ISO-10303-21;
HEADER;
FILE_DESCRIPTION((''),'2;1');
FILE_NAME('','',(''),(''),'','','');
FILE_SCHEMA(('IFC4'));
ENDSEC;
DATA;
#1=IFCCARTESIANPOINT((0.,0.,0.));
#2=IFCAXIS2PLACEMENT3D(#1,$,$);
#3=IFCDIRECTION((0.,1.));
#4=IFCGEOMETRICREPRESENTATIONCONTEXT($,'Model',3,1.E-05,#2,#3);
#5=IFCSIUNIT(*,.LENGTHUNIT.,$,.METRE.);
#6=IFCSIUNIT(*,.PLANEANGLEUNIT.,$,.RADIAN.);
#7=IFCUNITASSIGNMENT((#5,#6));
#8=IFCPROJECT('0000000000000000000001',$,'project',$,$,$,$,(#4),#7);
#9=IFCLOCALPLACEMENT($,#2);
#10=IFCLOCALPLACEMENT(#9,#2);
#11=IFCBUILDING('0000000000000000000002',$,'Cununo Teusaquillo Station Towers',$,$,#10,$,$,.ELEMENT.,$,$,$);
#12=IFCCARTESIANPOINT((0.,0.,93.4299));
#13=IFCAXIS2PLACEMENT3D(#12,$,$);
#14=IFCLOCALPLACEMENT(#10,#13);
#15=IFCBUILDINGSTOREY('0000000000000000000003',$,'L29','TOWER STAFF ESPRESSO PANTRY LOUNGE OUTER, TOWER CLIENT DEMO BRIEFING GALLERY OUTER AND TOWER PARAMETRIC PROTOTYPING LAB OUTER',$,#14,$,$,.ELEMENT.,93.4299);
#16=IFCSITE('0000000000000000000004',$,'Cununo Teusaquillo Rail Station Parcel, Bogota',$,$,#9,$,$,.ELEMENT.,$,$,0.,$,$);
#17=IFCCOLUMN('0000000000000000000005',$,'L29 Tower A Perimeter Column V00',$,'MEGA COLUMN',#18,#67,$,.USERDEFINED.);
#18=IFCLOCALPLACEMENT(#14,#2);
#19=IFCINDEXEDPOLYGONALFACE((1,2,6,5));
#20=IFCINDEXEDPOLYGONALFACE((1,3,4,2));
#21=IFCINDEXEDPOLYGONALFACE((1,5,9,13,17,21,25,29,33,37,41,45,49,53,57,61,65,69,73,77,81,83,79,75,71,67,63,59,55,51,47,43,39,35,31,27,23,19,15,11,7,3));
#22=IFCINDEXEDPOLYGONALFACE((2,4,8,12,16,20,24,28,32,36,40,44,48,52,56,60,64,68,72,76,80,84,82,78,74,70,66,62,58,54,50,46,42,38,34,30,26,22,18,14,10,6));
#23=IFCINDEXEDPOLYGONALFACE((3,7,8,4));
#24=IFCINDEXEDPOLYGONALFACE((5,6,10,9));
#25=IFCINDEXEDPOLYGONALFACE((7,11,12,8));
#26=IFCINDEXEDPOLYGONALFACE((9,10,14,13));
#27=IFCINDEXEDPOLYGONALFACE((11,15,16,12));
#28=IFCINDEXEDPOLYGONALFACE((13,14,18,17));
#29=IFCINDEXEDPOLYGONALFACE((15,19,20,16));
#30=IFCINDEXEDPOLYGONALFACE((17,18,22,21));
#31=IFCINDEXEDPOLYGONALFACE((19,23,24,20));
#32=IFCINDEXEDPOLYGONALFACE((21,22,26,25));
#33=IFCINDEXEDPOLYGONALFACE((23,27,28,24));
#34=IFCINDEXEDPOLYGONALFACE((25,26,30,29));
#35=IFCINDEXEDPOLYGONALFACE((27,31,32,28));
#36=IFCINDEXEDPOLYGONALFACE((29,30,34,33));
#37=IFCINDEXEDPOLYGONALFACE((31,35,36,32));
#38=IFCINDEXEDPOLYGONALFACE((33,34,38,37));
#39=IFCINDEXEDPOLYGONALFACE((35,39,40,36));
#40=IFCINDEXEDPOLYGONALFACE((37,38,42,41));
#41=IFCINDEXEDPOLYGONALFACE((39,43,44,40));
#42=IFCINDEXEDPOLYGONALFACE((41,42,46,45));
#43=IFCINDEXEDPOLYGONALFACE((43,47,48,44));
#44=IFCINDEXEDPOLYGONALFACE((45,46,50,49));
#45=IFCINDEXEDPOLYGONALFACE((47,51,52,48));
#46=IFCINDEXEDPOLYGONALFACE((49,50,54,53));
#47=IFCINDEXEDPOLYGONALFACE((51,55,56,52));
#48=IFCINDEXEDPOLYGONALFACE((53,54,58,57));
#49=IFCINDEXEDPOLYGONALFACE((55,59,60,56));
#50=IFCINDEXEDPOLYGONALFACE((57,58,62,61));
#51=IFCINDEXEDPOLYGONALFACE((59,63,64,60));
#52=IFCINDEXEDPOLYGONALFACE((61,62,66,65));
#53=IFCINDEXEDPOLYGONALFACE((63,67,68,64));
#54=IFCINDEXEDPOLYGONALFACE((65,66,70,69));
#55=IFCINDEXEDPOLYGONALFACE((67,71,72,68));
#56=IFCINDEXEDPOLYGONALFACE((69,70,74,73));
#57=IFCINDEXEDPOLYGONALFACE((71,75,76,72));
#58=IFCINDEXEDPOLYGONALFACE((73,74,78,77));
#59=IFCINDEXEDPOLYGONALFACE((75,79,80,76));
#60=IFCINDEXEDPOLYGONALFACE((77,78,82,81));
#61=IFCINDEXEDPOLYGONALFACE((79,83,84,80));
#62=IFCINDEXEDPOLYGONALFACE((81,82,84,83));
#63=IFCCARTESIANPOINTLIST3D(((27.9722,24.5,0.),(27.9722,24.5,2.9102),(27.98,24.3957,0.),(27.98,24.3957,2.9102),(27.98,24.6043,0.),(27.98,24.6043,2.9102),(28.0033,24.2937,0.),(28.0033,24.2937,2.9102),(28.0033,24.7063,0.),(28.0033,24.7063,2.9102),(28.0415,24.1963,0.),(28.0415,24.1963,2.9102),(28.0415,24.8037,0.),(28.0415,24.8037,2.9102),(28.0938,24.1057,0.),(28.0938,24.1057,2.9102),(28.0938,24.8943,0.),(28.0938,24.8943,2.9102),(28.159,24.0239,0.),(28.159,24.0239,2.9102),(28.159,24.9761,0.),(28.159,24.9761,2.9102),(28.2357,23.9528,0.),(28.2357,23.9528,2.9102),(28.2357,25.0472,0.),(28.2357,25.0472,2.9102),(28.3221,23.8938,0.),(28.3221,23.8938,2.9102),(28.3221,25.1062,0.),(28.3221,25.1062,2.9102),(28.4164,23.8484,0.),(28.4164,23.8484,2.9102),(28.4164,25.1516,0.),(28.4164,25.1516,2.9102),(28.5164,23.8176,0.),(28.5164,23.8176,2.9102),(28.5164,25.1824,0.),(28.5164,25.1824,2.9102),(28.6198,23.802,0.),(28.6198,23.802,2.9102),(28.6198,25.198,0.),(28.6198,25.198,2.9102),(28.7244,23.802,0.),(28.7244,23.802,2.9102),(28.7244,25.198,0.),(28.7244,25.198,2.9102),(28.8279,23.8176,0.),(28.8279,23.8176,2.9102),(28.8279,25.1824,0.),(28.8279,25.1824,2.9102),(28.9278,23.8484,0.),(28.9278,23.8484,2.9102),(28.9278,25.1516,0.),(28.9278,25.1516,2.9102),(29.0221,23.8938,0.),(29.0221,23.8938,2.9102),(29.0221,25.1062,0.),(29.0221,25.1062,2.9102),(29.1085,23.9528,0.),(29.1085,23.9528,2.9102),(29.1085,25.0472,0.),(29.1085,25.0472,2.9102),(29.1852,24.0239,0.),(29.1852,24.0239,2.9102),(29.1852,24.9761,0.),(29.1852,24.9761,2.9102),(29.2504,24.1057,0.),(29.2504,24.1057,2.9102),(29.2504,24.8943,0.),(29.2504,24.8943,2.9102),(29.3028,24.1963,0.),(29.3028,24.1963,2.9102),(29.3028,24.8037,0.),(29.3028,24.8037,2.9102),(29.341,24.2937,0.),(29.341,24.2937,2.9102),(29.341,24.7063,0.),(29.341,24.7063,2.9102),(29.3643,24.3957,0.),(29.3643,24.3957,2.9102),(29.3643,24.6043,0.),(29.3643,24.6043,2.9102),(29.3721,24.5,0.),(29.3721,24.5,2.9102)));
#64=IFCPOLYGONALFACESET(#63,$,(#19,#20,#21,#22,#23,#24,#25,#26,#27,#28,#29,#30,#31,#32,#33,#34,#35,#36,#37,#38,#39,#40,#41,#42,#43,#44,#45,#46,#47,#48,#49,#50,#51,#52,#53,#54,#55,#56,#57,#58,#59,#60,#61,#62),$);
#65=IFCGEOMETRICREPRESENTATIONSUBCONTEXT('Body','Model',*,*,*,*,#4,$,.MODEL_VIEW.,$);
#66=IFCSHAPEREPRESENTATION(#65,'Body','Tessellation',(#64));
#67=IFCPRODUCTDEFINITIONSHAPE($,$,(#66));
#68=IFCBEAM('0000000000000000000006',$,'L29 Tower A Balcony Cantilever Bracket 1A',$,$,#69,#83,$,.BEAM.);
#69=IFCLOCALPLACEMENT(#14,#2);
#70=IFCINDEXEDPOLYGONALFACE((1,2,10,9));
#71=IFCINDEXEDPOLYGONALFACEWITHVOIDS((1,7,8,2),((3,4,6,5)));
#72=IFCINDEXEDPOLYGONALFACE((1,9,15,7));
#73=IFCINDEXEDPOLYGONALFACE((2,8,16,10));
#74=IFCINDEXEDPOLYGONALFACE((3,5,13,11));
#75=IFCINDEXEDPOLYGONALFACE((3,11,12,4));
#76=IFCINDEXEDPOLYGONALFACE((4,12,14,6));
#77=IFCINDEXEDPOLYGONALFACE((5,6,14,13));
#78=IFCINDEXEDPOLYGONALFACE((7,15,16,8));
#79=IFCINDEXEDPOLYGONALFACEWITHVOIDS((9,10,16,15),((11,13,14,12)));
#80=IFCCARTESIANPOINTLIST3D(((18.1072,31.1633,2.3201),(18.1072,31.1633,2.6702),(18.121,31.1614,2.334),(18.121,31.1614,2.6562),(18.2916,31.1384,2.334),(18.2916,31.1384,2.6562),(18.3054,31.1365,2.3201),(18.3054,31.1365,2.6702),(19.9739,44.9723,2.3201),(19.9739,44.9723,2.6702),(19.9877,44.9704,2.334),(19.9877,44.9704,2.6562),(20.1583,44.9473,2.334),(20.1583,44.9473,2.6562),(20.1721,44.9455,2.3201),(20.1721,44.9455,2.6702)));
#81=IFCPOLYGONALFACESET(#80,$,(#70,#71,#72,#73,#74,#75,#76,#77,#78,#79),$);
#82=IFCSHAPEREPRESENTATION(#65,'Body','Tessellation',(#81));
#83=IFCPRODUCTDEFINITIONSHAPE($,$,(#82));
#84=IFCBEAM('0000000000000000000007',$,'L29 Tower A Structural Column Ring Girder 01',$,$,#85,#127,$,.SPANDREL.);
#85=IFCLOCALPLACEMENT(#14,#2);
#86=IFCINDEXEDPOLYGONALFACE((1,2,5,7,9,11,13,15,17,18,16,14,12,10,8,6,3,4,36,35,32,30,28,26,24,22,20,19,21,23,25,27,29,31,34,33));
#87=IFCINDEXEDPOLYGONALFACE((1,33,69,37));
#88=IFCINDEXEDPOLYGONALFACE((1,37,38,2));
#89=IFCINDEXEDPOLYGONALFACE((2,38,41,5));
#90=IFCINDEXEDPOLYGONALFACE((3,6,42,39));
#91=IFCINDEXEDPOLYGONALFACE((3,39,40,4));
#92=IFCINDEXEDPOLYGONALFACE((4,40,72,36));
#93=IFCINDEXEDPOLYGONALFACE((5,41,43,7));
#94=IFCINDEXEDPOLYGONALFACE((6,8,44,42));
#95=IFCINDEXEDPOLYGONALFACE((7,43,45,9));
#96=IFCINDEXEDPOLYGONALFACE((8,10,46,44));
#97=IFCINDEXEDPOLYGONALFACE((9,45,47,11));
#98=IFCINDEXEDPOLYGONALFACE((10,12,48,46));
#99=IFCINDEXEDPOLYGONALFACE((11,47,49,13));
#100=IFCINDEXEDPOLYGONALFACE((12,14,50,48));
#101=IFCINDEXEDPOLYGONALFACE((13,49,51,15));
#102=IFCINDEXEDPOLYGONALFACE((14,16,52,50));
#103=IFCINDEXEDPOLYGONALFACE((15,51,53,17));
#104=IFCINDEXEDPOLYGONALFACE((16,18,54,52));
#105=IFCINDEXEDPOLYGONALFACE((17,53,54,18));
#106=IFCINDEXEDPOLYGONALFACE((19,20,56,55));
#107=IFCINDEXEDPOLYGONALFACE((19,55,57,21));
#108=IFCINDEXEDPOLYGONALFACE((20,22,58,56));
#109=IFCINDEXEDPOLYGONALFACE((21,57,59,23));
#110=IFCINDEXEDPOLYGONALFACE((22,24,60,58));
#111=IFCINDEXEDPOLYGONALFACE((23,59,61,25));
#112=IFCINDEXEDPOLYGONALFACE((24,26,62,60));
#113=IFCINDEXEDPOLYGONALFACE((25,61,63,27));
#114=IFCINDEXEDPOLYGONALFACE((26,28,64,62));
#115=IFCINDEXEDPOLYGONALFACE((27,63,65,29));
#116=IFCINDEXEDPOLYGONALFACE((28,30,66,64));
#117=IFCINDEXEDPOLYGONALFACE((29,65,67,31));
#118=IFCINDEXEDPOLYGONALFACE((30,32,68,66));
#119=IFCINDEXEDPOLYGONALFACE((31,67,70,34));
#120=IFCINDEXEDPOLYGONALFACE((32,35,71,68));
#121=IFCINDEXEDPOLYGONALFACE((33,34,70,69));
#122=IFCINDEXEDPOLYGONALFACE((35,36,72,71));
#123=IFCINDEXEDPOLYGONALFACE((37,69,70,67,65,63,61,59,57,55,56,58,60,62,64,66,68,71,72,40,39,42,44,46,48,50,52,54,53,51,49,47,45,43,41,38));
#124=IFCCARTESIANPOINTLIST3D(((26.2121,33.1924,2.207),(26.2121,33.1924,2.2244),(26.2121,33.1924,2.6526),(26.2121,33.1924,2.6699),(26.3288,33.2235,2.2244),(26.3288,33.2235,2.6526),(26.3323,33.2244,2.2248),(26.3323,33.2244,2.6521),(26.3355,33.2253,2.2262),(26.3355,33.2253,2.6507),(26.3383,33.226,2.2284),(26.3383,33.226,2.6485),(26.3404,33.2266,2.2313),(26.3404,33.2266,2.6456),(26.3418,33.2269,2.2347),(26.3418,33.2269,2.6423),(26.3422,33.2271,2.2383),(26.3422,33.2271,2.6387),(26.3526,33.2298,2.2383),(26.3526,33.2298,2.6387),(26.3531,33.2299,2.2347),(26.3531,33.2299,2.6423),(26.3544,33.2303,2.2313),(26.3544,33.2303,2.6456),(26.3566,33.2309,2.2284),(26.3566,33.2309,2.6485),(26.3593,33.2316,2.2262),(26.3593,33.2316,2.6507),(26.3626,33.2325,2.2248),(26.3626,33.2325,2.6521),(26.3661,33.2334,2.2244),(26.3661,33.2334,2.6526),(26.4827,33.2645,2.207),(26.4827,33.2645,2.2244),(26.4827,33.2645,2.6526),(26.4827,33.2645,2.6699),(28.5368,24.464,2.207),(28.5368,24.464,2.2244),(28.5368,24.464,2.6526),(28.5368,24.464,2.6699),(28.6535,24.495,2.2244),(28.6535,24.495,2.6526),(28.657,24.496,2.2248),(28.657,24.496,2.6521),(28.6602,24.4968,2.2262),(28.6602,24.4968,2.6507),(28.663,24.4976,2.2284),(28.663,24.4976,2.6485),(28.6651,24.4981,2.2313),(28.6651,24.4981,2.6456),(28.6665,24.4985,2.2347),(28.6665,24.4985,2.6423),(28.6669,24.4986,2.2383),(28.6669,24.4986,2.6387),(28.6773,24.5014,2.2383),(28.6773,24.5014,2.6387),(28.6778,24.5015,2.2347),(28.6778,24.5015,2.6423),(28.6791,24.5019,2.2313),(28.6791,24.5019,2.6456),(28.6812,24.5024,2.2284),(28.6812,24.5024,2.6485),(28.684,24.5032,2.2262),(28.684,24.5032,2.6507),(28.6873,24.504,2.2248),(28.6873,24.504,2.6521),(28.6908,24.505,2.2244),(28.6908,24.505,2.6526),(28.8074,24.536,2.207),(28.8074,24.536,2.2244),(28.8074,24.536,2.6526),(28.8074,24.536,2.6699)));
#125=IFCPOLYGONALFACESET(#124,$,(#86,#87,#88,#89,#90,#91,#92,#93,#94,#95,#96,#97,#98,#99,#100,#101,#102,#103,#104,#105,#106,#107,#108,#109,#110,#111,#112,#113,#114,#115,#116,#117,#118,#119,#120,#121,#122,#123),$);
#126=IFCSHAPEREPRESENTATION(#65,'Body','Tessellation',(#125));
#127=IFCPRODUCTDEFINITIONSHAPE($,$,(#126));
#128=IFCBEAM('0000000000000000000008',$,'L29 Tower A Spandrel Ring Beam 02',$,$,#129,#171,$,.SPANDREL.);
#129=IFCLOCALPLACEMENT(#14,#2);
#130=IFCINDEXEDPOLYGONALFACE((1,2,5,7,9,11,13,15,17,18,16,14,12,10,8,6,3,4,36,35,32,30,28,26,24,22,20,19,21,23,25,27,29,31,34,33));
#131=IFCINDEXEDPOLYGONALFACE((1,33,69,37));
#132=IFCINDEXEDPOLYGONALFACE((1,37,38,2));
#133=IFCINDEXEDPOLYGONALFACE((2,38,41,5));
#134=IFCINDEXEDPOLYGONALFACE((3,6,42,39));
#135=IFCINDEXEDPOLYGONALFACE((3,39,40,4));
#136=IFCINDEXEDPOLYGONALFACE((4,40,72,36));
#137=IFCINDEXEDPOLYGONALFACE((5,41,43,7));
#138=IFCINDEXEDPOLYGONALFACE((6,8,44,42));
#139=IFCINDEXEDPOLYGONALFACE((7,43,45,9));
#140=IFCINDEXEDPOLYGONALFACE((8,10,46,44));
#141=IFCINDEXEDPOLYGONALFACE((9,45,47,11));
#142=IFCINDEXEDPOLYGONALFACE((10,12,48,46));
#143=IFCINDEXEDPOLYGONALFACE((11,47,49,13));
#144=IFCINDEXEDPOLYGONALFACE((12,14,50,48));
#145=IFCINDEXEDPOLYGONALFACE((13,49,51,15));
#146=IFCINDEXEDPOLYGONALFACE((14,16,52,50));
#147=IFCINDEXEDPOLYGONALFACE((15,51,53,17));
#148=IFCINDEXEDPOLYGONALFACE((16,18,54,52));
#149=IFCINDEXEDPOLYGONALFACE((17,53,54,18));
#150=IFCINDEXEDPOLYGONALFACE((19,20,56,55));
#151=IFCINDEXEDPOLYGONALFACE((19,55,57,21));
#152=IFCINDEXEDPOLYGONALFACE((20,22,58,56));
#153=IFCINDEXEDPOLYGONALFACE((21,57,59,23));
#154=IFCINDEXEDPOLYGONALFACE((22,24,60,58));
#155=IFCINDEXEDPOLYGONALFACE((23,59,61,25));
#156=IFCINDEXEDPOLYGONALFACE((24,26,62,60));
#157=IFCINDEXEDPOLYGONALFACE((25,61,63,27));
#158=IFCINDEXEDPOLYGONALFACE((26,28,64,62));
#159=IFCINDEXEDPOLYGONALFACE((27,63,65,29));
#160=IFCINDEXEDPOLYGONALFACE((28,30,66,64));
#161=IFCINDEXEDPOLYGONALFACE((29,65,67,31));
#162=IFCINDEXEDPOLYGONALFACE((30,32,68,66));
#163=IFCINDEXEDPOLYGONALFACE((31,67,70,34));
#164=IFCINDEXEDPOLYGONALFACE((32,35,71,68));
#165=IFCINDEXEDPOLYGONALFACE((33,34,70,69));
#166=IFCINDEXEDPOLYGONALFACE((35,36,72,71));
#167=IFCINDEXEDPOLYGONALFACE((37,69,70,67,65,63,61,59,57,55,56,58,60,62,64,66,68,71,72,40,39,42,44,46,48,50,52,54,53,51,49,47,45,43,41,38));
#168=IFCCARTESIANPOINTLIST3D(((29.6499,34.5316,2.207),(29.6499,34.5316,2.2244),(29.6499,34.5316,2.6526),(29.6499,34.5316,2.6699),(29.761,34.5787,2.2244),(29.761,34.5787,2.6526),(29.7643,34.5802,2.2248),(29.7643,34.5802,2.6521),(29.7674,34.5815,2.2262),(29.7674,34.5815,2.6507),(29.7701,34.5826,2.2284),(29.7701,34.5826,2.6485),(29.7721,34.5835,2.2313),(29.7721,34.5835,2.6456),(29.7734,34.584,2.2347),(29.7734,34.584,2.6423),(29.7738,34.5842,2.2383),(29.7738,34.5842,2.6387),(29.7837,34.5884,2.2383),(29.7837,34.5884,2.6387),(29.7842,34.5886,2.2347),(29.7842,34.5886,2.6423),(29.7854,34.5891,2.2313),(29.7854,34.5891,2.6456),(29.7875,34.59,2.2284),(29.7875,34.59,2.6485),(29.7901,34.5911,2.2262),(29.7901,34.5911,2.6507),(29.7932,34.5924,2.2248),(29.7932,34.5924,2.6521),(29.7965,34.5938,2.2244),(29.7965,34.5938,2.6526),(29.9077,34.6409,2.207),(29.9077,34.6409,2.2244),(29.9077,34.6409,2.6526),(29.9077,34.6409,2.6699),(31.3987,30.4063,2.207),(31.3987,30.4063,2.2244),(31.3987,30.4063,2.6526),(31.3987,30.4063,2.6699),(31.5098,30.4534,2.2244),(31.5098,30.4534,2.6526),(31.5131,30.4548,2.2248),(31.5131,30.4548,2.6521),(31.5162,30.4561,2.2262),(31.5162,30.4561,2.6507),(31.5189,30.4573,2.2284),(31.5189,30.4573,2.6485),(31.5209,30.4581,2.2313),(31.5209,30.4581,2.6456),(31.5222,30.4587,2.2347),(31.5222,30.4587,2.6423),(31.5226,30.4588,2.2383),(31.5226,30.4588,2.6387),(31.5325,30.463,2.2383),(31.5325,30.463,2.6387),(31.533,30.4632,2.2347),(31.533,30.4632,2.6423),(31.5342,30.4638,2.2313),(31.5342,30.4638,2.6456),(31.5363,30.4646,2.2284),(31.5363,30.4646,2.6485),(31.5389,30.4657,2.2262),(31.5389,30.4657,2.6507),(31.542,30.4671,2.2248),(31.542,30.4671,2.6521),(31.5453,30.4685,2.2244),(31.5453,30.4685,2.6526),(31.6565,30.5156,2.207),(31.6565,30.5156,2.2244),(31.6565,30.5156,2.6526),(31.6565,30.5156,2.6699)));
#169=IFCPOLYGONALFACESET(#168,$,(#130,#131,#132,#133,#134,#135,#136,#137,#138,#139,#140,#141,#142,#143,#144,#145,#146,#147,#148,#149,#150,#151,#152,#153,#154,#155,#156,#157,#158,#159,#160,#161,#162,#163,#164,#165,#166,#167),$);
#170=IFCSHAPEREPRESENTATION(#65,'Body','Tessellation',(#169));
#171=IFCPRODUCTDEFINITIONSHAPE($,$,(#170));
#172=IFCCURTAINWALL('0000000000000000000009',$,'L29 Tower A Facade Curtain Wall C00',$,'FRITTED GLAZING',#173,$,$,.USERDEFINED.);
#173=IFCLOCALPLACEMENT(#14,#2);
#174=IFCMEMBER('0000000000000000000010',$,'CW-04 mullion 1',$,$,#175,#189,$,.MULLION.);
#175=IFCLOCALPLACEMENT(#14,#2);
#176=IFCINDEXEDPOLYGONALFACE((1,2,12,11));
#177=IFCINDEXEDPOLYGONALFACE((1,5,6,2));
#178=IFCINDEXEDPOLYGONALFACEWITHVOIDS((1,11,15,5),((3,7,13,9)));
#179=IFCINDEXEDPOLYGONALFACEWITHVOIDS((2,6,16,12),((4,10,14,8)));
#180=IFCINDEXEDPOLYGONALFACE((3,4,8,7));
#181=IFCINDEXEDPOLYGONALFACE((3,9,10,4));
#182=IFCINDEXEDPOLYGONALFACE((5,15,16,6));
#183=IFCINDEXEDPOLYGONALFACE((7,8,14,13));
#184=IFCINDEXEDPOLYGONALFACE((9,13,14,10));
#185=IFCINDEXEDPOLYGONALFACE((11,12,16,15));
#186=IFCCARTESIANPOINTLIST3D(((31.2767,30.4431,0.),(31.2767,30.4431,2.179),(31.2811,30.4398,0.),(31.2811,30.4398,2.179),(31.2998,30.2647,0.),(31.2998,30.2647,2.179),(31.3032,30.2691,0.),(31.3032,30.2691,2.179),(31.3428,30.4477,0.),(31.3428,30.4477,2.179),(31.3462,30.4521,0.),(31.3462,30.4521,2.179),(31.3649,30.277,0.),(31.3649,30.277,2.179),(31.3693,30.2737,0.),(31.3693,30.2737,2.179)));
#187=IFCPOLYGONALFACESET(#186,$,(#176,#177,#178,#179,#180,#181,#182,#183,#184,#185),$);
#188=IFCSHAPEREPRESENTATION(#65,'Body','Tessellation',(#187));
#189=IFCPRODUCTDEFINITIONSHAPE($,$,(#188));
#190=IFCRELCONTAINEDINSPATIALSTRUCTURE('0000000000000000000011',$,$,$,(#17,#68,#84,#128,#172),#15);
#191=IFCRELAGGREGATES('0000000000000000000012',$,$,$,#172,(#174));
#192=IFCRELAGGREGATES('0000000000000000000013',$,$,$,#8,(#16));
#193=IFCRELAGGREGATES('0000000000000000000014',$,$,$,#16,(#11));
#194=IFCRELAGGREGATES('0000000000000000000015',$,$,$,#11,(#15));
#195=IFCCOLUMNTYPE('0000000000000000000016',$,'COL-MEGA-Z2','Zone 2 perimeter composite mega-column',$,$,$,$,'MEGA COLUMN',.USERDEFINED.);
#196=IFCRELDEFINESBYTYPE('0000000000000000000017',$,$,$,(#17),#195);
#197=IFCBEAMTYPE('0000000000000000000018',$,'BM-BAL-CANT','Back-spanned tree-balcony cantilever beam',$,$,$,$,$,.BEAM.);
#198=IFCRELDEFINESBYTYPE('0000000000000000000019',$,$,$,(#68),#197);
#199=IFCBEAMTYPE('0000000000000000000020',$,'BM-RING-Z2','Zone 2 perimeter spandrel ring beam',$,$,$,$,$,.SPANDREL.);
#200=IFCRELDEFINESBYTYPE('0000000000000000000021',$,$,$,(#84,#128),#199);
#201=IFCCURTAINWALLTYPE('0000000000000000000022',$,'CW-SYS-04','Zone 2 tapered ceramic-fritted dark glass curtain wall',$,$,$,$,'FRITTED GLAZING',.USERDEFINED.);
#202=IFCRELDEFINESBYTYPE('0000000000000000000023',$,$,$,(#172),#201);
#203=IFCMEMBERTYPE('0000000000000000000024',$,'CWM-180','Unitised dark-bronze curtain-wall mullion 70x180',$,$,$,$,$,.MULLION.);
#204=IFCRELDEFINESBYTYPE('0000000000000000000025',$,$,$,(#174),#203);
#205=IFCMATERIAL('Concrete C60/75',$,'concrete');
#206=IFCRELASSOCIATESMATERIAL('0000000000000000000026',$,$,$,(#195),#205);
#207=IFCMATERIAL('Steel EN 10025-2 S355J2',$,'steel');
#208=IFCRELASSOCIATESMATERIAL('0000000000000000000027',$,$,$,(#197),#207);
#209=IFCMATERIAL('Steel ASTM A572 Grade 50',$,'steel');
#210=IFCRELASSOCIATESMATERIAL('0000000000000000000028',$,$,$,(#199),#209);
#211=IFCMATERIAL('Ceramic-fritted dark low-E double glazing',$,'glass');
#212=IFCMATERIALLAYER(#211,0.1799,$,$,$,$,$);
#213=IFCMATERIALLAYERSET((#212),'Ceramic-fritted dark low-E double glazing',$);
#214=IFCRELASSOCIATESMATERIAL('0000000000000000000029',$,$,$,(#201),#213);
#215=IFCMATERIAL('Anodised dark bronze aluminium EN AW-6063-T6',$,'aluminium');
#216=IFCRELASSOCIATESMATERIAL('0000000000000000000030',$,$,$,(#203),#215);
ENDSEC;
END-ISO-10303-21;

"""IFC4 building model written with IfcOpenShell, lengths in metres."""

from ifc_helpers import new_model, si_unit, direction, frame, origin, origin_2d, place, context, subcontext, project, spatial, hollow_rectangle, circle, i_section, extrude, material, layer, layer_set, material_profile, profile_set, type_object, element, aggregate, save


model = new_model("IFC4")

# Units and contexts
model_context = context("Model", 3, precision=1e-05, world=origin(), true_north=direction((0.0, 1.0)))
body_context = subcontext(model_context, "Body", "Model", "MODEL_VIEW")
ifc_project = project(units=[si_unit("LENGTHUNIT", "METRE"), si_unit("PLANEANGLEUNIT", "RADIAN")], contexts=[model_context])

# Site, building, storey
site_placement = place(None, origin())
site = spatial("IfcSite", under=ifc_project, at=site_placement, Name="Cununo Teusaquillo Rail Station Parcel, Bogota", CompositionType="ELEMENT", RefElevation=0.0)
building_placement = place(site_placement, origin())
building = spatial("IfcBuilding", under=site, at=building_placement, Name="Cununo Teusaquillo Station Towers", CompositionType="ELEMENT")
storey_placement = place(building_placement, frame((0.0, 0.0, 93.4299)))
storey = spatial("IfcBuildingStorey", under=building, at=storey_placement, Name="L29", Description="TOWER STAFF ESPRESSO PANTRY LOUNGE OUTER, TOWER CLIENT DEMO BRIEFING GALLERY OUTER AND TOWER PARAMETRIC PROTOTYPING LAB OUTER", CompositionType="ELEMENT", Elevation=93.4299)

# Column
ifc_material_1 = material(Name="Concrete C60/75", Category="concrete")
ifc_material_profile_1 = material_profile(ifc_material_1, circle(Radius=0.7, at=origin_2d()), Name="RC-CIRC-1400")
ifc_profile_set_1 = profile_set([ifc_material_profile_1], Name="Concrete C60/75")
column_type = type_object("IfcColumnType", Name="COL-MEGA-Z2", Description="Zone 2 perimeter composite mega-column", ElementType="MEGA COLUMN", PredefinedType="USERDEFINED", material=ifc_profile_set_1)
column_placement = place(storey_placement, frame((28.6721, 24.5, 0.0), z_axis=(0.0, 0.0, 1.0), x_axis=(1.0, 0.0, 0.0)))
element("IfcColumn", 1, at=column_placement, inside=storey, type_object=column_type, Name="L29 Tower A Perimeter Column V00", ObjectType="MEGA COLUMN", PredefinedType="USERDEFINED", context=body_context, shape_type="SweptSolid", body=[
    extrude(circle(Radius=0.7, at=origin_2d()), origin(), (0.0, 0.0, 1.0), 2.9102),
])

# Beams
ifc_material_2 = material(Name="Steel EN 10025-2 S355J2", Category="steel")
ifc_material_profile_2 = material_profile(ifc_material_2, hollow_rectangle(XDim=0.2, YDim=0.3501, WallThickness=0.0139, at=origin_2d()), Name="RHS 350x200x14")
ifc_profile_set_2 = profile_set([ifc_material_profile_2], Name="Steel EN 10025-2 S355J2")
beam_type_1 = type_object("IfcBeamType", Name="BM-BAL-CANT", Description="Back-spanned tree-balcony cantilever beam", PredefinedType="BEAM", material=ifc_profile_set_2)
beam_1_placement = place(storey_placement, frame((18.2063, 31.1499, 2.4951), z_axis=(0.133961, 0.990987, 0.0), x_axis=(-0.990987, 0.133961, 0.0)))
element("IfcBeam", 2, at=beam_1_placement, inside=storey, type_object=beam_type_1, Name="L29 Tower A Balcony Cantilever Bracket 1A", PredefinedType="BEAM", context=body_context, shape_type="SweptSolid", body=[
    extrude(hollow_rectangle(XDim=0.2, YDim=0.3501, WallThickness=0.0139, at=origin_2d()), origin(), (0.0, 0.0, 1.0), 13.9346),
])
ifc_material_3 = material(Name="Steel ASTM A572 Grade 50", Category="steel")
ifc_material_profile_3 = material_profile(ifc_material_3, i_section(OverallWidth=0.28, OverallDepth=0.4629, WebThickness=0.0107, FlangeThickness=0.0173, FilletRadius=0.0139, at=origin_2d()), Name="W18X76")
ifc_profile_set_3 = profile_set([ifc_material_profile_3], Name="Steel ASTM A572 Grade 50")
beam_type_2 = type_object("IfcBeamType", Name="BM-RING-Z2", Description="Zone 2 perimeter spandrel ring beam", PredefinedType="SPANDREL", material=ifc_profile_set_3)
beam_2_placement = place(storey_placement, frame((28.6721, 24.5, 2.4385), z_axis=(-0.257363, 0.966315, 0.0), x_axis=(-0.966315, -0.257363, 0.0)))
element("IfcBeam", 3, at=beam_2_placement, inside=storey, type_object=beam_type_2, Name="L29 Tower A Structural Column Ring Girder 01", PredefinedType="SPANDREL", context=body_context, shape_type="SweptSolid", body=[
    extrude(i_section(OverallWidth=0.28, OverallDepth=0.4629, WebThickness=0.0107, FlangeThickness=0.0173, FilletRadius=0.0139, at=origin_2d()), origin(), (0.0, 0.0, 1.0), 9.0327),
])
beam_3_placement = place(storey_placement, frame((31.5276, 30.4609, 2.4385), z_axis=(-0.390299, 0.920688, 0.0), x_axis=(-0.920688, -0.390299, 0.0)))
element("IfcBeam", 4, at=beam_3_placement, inside=storey, type_object=beam_type_2, Name="L29 Tower A Spandrel Ring Beam 02", PredefinedType="SPANDREL", context=body_context, shape_type="SweptSolid", body=[
    extrude(i_section(OverallWidth=0.28, OverallDepth=0.4629, WebThickness=0.0107, FlangeThickness=0.0173, FilletRadius=0.0139, at=origin_2d()), origin(), (0.0, 0.0, 1.0), 4.4807),
])

# Curtain wall, member
ifc_material_4 = material(Name="Ceramic-fritted dark low-E double glazing", Category="glass")
ifc_layer_1 = layer(ifc_material_4, 0.1799)
ifc_layer_set_1 = layer_set([ifc_layer_1], Name="Ceramic-fritted dark low-E double glazing")
curtain_wall_type = type_object("IfcCurtainWallType", Name="CW-SYS-04", Description="Zone 2 tapered ceramic-fritted dark glass curtain wall", ElementType="FRITTED GLAZING", PredefinedType="USERDEFINED", material=ifc_layer_set_1)
curtain_wall_placement = place(storey_placement, origin())
curtain_wall = element("IfcCurtainWall", 5, at=curtain_wall_placement, inside=storey, type_object=curtain_wall_type, Name="L29 Tower A Facade Curtain Wall C00", ObjectType="FRITTED GLAZING", PredefinedType="USERDEFINED")
ifc_material_5 = material(Name="Anodised dark bronze aluminium EN AW-6063-T6", Category="aluminium")
ifc_material_profile_4 = material_profile(ifc_material_5, hollow_rectangle(XDim=0.0701, YDim=0.1799, WallThickness=0.0039, at=origin_2d()), Name="CW-MULL-70x180")
ifc_profile_set_4 = profile_set([ifc_material_profile_4], Name="Anodised dark bronze aluminium EN AW-6063-T6")
member_type_1 = type_object("IfcMemberType", Name="CWM-180", Description="Unitised dark-bronze curtain-wall mullion 70x180", PredefinedType="MULLION", material=ifc_profile_set_4)
member_1_placement = place(storey_placement, frame((31.323, 30.3584, 0.0), z_axis=(0.0, 0.0, 1.0), x_axis=(0.991731, 0.128336, 0.0)))
member_1 = element("IfcMember", 6, at=member_1_placement, type_object=member_type_1, Name="CW-04 mullion 1", PredefinedType="MULLION", context=body_context, shape_type="SweptSolid", body=[
    extrude(hollow_rectangle(XDim=0.0701, YDim=0.1799, WallThickness=0.0039, at=origin_2d()), origin(), (0.0, 0.0, 1.0), 2.179),
])

aggregate(curtain_wall, [member_1])

save(model, "model.ifc")
